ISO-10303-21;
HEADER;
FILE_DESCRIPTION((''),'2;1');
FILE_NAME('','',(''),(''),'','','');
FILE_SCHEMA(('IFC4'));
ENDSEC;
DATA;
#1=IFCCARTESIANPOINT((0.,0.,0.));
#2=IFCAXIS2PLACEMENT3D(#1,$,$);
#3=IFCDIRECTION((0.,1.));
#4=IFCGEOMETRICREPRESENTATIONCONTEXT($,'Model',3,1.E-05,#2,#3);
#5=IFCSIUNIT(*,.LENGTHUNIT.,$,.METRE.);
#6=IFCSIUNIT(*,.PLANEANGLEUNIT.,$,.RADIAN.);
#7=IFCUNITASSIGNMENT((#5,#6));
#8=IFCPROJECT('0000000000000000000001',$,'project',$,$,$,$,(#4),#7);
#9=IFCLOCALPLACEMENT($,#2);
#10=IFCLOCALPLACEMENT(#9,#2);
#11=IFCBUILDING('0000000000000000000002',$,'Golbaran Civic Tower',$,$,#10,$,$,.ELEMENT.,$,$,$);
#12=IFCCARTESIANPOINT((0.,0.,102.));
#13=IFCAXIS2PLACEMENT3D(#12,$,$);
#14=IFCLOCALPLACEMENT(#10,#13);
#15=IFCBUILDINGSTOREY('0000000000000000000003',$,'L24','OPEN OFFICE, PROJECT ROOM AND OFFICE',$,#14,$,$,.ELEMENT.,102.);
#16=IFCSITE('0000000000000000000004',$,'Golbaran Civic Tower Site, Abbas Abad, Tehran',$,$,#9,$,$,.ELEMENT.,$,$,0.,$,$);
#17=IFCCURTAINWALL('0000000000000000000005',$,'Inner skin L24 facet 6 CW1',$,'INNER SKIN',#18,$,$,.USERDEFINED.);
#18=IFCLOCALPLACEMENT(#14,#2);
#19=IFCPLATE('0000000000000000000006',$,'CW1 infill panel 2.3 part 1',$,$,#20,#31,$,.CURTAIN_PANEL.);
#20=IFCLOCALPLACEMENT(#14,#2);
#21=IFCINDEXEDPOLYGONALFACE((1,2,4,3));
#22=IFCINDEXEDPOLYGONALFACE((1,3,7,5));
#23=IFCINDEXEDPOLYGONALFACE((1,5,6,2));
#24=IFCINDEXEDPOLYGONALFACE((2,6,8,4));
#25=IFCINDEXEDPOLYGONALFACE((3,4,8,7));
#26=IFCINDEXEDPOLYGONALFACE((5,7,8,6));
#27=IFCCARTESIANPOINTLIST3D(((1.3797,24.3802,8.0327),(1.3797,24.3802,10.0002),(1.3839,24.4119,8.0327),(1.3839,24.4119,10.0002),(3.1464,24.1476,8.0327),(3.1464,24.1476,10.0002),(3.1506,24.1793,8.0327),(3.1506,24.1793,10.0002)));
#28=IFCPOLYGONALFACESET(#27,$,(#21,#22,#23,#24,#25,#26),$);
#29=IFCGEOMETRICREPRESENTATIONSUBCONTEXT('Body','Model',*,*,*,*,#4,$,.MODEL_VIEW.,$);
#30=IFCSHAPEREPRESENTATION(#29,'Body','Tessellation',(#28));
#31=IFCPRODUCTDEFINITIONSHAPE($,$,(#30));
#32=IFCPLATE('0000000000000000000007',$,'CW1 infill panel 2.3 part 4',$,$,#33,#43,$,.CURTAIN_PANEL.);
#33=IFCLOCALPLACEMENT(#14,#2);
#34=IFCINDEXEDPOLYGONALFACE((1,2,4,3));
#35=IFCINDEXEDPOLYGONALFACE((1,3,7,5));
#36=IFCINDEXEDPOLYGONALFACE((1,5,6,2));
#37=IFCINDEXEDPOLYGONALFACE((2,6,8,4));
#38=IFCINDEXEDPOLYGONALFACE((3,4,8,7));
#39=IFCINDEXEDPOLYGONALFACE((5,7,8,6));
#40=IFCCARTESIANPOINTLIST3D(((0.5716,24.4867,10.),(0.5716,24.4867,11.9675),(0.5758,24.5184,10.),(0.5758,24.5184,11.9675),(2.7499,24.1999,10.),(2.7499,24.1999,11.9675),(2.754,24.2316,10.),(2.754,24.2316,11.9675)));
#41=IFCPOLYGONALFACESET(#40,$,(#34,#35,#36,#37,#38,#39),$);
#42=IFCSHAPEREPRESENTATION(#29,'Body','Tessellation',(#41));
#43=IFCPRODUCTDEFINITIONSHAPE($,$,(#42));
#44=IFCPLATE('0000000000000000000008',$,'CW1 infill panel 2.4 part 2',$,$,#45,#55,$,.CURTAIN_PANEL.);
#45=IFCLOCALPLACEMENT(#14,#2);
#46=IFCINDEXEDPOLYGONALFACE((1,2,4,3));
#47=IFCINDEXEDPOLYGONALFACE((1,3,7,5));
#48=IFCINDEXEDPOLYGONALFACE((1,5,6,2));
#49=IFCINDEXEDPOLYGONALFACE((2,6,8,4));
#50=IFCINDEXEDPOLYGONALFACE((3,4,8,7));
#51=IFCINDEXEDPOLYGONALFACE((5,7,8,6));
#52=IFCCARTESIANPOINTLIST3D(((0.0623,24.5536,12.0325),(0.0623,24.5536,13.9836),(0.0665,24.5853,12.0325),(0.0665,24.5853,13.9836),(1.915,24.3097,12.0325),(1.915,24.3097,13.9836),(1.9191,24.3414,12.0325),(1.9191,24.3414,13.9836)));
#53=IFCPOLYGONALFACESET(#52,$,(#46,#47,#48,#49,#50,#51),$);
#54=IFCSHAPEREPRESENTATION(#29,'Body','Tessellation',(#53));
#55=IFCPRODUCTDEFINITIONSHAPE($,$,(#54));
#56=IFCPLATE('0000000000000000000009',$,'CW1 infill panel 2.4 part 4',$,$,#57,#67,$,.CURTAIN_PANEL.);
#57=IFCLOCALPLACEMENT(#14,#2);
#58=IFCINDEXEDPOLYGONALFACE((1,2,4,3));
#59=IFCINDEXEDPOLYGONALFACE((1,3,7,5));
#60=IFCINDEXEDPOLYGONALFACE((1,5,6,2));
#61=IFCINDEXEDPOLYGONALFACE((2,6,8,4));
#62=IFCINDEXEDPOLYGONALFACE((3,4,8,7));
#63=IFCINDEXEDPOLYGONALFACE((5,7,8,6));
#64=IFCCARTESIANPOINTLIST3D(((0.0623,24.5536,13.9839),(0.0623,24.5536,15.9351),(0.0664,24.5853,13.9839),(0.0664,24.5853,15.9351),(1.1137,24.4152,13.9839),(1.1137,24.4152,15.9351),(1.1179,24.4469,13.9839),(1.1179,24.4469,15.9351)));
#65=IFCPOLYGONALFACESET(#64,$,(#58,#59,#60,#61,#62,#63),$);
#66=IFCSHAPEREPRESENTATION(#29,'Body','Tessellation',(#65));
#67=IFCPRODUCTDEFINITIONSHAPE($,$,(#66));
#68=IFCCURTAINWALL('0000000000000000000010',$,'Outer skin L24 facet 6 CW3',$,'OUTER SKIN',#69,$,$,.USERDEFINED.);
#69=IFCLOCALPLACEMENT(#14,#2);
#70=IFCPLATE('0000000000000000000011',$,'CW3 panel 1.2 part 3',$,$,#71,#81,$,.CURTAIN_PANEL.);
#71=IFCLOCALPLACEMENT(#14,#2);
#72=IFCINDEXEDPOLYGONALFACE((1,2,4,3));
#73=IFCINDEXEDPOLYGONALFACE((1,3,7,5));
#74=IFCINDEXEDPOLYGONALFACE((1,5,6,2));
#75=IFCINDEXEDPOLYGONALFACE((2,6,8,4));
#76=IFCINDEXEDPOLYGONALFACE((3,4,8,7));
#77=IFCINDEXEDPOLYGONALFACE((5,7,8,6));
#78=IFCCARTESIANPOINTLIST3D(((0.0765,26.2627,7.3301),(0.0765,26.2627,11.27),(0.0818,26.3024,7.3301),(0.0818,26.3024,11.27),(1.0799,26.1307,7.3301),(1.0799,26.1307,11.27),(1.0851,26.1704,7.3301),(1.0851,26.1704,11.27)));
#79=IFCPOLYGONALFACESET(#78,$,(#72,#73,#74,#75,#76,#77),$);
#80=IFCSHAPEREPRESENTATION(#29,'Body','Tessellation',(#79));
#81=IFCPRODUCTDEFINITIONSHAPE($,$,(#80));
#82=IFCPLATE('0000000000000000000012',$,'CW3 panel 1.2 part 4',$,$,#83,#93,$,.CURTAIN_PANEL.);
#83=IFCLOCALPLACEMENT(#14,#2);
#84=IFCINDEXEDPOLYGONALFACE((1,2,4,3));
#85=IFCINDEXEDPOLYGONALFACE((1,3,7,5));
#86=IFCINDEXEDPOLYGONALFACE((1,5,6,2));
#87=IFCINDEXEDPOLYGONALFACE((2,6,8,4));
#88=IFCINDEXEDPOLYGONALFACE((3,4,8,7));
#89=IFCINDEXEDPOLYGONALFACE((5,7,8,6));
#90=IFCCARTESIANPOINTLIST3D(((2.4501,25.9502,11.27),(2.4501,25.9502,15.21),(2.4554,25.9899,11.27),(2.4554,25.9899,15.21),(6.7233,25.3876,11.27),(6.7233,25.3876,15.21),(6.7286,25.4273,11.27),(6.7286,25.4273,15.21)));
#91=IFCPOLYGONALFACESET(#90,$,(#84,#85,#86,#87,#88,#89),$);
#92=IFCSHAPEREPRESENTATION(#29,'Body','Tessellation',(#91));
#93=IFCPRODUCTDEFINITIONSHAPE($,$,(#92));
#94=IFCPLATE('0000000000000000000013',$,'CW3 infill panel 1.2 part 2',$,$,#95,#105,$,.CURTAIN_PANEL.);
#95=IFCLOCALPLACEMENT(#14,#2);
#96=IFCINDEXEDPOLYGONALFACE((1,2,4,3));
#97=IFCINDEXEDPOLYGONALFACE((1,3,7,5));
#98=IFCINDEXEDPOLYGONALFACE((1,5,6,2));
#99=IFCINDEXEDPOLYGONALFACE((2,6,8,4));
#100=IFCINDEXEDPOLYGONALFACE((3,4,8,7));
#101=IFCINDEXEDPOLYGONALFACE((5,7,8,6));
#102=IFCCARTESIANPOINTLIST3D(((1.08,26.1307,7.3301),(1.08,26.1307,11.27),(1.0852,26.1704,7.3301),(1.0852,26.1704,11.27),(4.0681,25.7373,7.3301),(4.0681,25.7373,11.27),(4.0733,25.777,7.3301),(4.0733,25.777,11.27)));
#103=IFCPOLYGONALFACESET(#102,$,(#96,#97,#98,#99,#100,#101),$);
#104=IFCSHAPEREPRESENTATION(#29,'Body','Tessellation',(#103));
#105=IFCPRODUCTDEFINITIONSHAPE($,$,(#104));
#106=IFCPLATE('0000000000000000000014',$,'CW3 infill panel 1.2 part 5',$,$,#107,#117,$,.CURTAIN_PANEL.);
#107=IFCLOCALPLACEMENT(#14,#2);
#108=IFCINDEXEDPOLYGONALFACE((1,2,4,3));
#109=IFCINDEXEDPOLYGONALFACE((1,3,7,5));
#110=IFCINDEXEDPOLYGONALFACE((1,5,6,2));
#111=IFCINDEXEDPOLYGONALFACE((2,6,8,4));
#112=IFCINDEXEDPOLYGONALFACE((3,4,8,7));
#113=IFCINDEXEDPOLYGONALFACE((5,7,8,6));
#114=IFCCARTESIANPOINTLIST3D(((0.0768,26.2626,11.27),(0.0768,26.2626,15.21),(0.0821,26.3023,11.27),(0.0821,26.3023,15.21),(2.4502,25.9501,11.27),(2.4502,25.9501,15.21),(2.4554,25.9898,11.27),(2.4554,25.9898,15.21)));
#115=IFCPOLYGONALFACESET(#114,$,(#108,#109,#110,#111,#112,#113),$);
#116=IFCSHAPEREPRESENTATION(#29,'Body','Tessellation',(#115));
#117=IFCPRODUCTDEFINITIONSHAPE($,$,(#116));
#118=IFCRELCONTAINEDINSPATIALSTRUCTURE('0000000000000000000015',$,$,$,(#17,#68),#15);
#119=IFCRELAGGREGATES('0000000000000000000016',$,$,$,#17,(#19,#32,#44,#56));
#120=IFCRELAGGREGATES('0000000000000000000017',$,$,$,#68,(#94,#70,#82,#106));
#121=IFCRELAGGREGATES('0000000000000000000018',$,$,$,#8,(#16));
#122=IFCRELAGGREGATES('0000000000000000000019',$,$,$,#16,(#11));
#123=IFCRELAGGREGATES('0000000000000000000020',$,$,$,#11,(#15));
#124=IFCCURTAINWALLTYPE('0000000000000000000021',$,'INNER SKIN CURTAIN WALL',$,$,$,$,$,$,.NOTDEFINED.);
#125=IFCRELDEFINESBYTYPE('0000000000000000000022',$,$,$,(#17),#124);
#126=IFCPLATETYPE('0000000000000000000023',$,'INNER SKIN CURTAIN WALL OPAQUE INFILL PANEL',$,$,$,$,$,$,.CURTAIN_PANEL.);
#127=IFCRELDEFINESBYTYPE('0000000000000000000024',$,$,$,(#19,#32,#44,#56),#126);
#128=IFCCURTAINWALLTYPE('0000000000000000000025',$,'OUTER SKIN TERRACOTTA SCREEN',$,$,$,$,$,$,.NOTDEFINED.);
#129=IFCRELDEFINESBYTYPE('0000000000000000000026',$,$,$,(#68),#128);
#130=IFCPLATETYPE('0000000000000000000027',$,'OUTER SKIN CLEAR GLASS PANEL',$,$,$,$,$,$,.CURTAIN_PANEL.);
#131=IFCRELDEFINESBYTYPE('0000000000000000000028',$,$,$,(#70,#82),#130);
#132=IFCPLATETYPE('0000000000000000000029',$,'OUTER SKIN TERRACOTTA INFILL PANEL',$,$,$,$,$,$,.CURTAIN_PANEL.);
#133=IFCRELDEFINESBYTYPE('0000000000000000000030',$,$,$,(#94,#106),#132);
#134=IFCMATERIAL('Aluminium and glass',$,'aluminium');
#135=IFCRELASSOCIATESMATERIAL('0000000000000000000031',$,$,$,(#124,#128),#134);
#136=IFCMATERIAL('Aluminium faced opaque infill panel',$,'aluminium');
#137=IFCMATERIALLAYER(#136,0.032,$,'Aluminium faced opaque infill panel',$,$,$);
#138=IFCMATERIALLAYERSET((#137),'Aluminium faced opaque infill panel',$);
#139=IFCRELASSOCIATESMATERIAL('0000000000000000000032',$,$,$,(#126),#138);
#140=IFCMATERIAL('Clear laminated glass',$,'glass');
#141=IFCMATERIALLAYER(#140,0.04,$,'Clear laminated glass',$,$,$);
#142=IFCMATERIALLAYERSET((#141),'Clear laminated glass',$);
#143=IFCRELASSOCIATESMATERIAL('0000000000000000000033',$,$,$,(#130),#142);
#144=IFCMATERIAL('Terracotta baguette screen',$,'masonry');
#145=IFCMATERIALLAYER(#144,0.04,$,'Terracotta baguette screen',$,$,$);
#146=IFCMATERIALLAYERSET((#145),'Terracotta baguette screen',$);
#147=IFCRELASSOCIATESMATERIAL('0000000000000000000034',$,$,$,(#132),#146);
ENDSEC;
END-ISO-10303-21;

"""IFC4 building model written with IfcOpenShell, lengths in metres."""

from ifc_helpers import new_model, si_unit, direction, frame, origin, origin_2d, place, context, subcontext, project, spatial, rectangle, extrude, material, layer, layer_set, type_object, element, aggregate, save


model = new_model("IFC4")

# Units and contexts
model_context = context("Model", 3, precision=1e-05, world=origin(), true_north=direction((0.0, 1.0)))
body_context = subcontext(model_context, "Body", "Model", "MODEL_VIEW")
ifc_project = project(units=[si_unit("LENGTHUNIT", "METRE"), si_unit("PLANEANGLEUNIT", "RADIAN")], contexts=[model_context])

# Site, building, storey
site_placement = place(None, origin())
site = spatial("IfcSite", under=ifc_project, at=site_placement, Name="Golbaran Civic Tower Site, Abbas Abad, Tehran", CompositionType="ELEMENT", RefElevation=0.0)
building_placement = place(site_placement, origin())
building = spatial("IfcBuilding", under=site, at=building_placement, Name="Golbaran Civic Tower", CompositionType="ELEMENT")
storey_placement = place(building_placement, frame((0.0, 0.0, 102.0)))
storey = spatial("IfcBuildingStorey", under=building, at=storey_placement, Name="L24", Description="OPEN OFFICE, PROJECT ROOM AND OFFICE", CompositionType="ELEMENT", Elevation=102.0)

# Curtain wall, plates
ifc_material_1 = material(Name="Aluminium and glass", Category="aluminium")
curtain_wall_type_1 = type_object("IfcCurtainWallType", Name="INNER SKIN CURTAIN WALL", PredefinedType="NOTDEFINED", material=ifc_material_1)
curtain_wall_1_placement = place(storey_placement, origin())
curtain_wall_1 = element("IfcCurtainWall", 1, at=curtain_wall_1_placement, inside=storey, type_object=curtain_wall_type_1, Name="Inner skin L24 facet 6 CW1", ObjectType="INNER SKIN", PredefinedType="USERDEFINED")
ifc_material_2 = material(Name="Aluminium faced opaque infill panel", Category="aluminium")
ifc_layer_1 = layer(ifc_material_2, 0.032, Name="Aluminium faced opaque infill panel")
ifc_layer_set_1 = layer_set([ifc_layer_1], Name="Aluminium faced opaque infill panel")
plate_type_1 = type_object("IfcPlateType", Name="INNER SKIN CURTAIN WALL OPAQUE INFILL PANEL", PredefinedType="CURTAIN_PANEL", material=ifc_layer_set_1)
plate_1_placement = place(storey_placement, frame((2.2651, 24.2798, 8.0327), z_axis=(0.0, 0.0, 1.0), x_axis=(-0.991445, 0.130526, 0.0)))
plate_1 = element("IfcPlate", 2, at=plate_1_placement, type_object=plate_type_1, Name="CW1 infill panel 2.3 part 1", PredefinedType="CURTAIN_PANEL", context=body_context, shape_type="SweptSolid", body=[
    extrude(rectangle(XDim=1.782, YDim=0.032, at=origin_2d()), origin(), (0.0, 0.0, 1.0), 1.9675),
])
plate_2_placement = place(storey_placement, frame((1.6628, 24.3591, 10.0), z_axis=(0.0, 0.0, 1.0), x_axis=(-0.991445, 0.130526, 0.0)))
plate_2 = element("IfcPlate", 3, at=plate_2_placement, type_object=plate_type_1, Name="CW1 infill panel 2.3 part 4", PredefinedType="CURTAIN_PANEL", context=body_context, shape_type="SweptSolid", body=[
    extrude(rectangle(XDim=2.197, YDim=0.032, at=origin_2d()), origin(), (0.0, 0.0, 1.0), 1.9675),
])
plate_3_placement = place(storey_placement, frame((0.9907, 24.4475, 12.0325), z_axis=(0.0, 0.0, 1.0), x_axis=(-0.991445, 0.130526, 0.0)))
plate_3 = element("IfcPlate", 4, at=plate_3_placement, type_object=plate_type_1, Name="CW1 infill panel 2.4 part 2", PredefinedType="CURTAIN_PANEL", context=body_context, shape_type="SweptSolid", body=[
    extrude(rectangle(XDim=1.8687, YDim=0.032, at=origin_2d()), origin(), (0.0, 0.0, 1.0), 1.9512),
])
plate_4_placement = place(storey_placement, frame((0.5901, 24.5002, 13.9839), z_axis=(0.0, 0.0, 1.0), x_axis=(-0.991445, 0.130526, 0.0)))
plate_4 = element("IfcPlate", 5, at=plate_4_placement, type_object=plate_type_1, Name="CW1 infill panel 2.4 part 4", PredefinedType="CURTAIN_PANEL", context=body_context, shape_type="SweptSolid", body=[
    extrude(rectangle(XDim=1.0605, YDim=0.032, at=origin_2d()), origin(), (0.0, 0.0, 1.0), 1.9512),
])
aggregate(curtain_wall_1, [plate_1, plate_2, plate_3, plate_4])

# Curtain wall, plates
curtain_wall_type_2 = type_object("IfcCurtainWallType", Name="OUTER SKIN TERRACOTTA SCREEN", PredefinedType="NOTDEFINED", material=ifc_material_1)
curtain_wall_2_placement = place(storey_placement, origin())
curtain_wall_2 = element("IfcCurtainWall", 6, at=curtain_wall_2_placement, inside=storey, type_object=curtain_wall_type_2, Name="Outer skin L24 facet 6 CW3", ObjectType="OUTER SKIN", PredefinedType="USERDEFINED")
ifc_material_3 = material(Name="Clear laminated glass", Category="glass")
ifc_layer_2 = layer(ifc_material_3, 0.04, Name="Clear laminated glass")
ifc_layer_set_2 = layer_set([ifc_layer_2], Name="Clear laminated glass")
plate_type_2 = type_object("IfcPlateType", Name="OUTER SKIN CLEAR GLASS PANEL", PredefinedType="CURTAIN_PANEL", material=ifc_layer_set_2)
plate_5_placement = place(storey_placement, frame((0.5808, 26.2166, 7.3301), z_axis=(0.0, 0.0, 1.0), x_axis=(-0.991445, 0.130526, 0.0)))
plate_5 = element("IfcPlate", 7, at=plate_5_placement, type_object=plate_type_2, Name="CW3 panel 1.2 part 3", PredefinedType="CURTAIN_PANEL", context=body_context, shape_type="SweptSolid", body=[
    extrude(rectangle(XDim=1.012, YDim=0.04, at=origin_2d()), origin(), (0.0, 0.0, 1.0), 3.9399),
])
plate_6_placement = place(storey_placement, frame((4.5894, 25.6887, 11.27), z_axis=(0.0, 0.0, 1.0), x_axis=(-0.991445, 0.130526, 0.0)))
plate_6 = element("IfcPlate", 8, at=plate_6_placement, type_object=plate_type_2, Name="CW3 panel 1.2 part 4", PredefinedType="CURTAIN_PANEL", context=body_context, shape_type="SweptSolid", body=[
    extrude(rectangle(XDim=4.3101, YDim=0.04, at=origin_2d()), origin(), (0.0, 0.0, 1.0), 3.9399),
])
ifc_material_4 = material(Name="Terracotta baguette screen", Category="masonry")
ifc_layer_3 = layer(ifc_material_4, 0.04, Name="Terracotta baguette screen")
ifc_layer_set_3 = layer_set([ifc_layer_3], Name="Terracotta baguette screen")
plate_type_3 = type_object("IfcPlateType", Name="OUTER SKIN TERRACOTTA INFILL PANEL", PredefinedType="CURTAIN_PANEL", material=ifc_layer_set_3)
plate_7_placement = place(storey_placement, frame((2.5767, 25.9539, 7.3301), z_axis=(0.0, 0.0, 1.0), x_axis=(-0.991445, 0.130526, 0.0)))
plate_7 = element("IfcPlate", 9, at=plate_7_placement, type_object=plate_type_3, Name="CW3 infill panel 1.2 part 2", PredefinedType="CURTAIN_PANEL", context=body_context, shape_type="SweptSolid", body=[
    extrude(rectangle(XDim=3.0139, YDim=0.04, at=origin_2d()), origin(), (0.0, 0.0, 1.0), 3.9399),
])
plate_8_placement = place(storey_placement, frame((1.2661, 26.1262, 11.27), z_axis=(0.0, 0.0, 1.0), x_axis=(-0.991445, 0.130526, 0.0)))
plate_8 = element("IfcPlate", 10, at=plate_8_placement, type_object=plate_type_3, Name="CW3 infill panel 1.2 part 5", PredefinedType="CURTAIN_PANEL", context=body_context, shape_type="SweptSolid", body=[
    extrude(rectangle(XDim=2.3938, YDim=0.04, at=origin_2d()), origin(), (0.0, 0.0, 1.0), 3.9399),
])
aggregate(curtain_wall_2, [plate_7, plate_5, plate_6, plate_8])

save(model, "model.ifc")
